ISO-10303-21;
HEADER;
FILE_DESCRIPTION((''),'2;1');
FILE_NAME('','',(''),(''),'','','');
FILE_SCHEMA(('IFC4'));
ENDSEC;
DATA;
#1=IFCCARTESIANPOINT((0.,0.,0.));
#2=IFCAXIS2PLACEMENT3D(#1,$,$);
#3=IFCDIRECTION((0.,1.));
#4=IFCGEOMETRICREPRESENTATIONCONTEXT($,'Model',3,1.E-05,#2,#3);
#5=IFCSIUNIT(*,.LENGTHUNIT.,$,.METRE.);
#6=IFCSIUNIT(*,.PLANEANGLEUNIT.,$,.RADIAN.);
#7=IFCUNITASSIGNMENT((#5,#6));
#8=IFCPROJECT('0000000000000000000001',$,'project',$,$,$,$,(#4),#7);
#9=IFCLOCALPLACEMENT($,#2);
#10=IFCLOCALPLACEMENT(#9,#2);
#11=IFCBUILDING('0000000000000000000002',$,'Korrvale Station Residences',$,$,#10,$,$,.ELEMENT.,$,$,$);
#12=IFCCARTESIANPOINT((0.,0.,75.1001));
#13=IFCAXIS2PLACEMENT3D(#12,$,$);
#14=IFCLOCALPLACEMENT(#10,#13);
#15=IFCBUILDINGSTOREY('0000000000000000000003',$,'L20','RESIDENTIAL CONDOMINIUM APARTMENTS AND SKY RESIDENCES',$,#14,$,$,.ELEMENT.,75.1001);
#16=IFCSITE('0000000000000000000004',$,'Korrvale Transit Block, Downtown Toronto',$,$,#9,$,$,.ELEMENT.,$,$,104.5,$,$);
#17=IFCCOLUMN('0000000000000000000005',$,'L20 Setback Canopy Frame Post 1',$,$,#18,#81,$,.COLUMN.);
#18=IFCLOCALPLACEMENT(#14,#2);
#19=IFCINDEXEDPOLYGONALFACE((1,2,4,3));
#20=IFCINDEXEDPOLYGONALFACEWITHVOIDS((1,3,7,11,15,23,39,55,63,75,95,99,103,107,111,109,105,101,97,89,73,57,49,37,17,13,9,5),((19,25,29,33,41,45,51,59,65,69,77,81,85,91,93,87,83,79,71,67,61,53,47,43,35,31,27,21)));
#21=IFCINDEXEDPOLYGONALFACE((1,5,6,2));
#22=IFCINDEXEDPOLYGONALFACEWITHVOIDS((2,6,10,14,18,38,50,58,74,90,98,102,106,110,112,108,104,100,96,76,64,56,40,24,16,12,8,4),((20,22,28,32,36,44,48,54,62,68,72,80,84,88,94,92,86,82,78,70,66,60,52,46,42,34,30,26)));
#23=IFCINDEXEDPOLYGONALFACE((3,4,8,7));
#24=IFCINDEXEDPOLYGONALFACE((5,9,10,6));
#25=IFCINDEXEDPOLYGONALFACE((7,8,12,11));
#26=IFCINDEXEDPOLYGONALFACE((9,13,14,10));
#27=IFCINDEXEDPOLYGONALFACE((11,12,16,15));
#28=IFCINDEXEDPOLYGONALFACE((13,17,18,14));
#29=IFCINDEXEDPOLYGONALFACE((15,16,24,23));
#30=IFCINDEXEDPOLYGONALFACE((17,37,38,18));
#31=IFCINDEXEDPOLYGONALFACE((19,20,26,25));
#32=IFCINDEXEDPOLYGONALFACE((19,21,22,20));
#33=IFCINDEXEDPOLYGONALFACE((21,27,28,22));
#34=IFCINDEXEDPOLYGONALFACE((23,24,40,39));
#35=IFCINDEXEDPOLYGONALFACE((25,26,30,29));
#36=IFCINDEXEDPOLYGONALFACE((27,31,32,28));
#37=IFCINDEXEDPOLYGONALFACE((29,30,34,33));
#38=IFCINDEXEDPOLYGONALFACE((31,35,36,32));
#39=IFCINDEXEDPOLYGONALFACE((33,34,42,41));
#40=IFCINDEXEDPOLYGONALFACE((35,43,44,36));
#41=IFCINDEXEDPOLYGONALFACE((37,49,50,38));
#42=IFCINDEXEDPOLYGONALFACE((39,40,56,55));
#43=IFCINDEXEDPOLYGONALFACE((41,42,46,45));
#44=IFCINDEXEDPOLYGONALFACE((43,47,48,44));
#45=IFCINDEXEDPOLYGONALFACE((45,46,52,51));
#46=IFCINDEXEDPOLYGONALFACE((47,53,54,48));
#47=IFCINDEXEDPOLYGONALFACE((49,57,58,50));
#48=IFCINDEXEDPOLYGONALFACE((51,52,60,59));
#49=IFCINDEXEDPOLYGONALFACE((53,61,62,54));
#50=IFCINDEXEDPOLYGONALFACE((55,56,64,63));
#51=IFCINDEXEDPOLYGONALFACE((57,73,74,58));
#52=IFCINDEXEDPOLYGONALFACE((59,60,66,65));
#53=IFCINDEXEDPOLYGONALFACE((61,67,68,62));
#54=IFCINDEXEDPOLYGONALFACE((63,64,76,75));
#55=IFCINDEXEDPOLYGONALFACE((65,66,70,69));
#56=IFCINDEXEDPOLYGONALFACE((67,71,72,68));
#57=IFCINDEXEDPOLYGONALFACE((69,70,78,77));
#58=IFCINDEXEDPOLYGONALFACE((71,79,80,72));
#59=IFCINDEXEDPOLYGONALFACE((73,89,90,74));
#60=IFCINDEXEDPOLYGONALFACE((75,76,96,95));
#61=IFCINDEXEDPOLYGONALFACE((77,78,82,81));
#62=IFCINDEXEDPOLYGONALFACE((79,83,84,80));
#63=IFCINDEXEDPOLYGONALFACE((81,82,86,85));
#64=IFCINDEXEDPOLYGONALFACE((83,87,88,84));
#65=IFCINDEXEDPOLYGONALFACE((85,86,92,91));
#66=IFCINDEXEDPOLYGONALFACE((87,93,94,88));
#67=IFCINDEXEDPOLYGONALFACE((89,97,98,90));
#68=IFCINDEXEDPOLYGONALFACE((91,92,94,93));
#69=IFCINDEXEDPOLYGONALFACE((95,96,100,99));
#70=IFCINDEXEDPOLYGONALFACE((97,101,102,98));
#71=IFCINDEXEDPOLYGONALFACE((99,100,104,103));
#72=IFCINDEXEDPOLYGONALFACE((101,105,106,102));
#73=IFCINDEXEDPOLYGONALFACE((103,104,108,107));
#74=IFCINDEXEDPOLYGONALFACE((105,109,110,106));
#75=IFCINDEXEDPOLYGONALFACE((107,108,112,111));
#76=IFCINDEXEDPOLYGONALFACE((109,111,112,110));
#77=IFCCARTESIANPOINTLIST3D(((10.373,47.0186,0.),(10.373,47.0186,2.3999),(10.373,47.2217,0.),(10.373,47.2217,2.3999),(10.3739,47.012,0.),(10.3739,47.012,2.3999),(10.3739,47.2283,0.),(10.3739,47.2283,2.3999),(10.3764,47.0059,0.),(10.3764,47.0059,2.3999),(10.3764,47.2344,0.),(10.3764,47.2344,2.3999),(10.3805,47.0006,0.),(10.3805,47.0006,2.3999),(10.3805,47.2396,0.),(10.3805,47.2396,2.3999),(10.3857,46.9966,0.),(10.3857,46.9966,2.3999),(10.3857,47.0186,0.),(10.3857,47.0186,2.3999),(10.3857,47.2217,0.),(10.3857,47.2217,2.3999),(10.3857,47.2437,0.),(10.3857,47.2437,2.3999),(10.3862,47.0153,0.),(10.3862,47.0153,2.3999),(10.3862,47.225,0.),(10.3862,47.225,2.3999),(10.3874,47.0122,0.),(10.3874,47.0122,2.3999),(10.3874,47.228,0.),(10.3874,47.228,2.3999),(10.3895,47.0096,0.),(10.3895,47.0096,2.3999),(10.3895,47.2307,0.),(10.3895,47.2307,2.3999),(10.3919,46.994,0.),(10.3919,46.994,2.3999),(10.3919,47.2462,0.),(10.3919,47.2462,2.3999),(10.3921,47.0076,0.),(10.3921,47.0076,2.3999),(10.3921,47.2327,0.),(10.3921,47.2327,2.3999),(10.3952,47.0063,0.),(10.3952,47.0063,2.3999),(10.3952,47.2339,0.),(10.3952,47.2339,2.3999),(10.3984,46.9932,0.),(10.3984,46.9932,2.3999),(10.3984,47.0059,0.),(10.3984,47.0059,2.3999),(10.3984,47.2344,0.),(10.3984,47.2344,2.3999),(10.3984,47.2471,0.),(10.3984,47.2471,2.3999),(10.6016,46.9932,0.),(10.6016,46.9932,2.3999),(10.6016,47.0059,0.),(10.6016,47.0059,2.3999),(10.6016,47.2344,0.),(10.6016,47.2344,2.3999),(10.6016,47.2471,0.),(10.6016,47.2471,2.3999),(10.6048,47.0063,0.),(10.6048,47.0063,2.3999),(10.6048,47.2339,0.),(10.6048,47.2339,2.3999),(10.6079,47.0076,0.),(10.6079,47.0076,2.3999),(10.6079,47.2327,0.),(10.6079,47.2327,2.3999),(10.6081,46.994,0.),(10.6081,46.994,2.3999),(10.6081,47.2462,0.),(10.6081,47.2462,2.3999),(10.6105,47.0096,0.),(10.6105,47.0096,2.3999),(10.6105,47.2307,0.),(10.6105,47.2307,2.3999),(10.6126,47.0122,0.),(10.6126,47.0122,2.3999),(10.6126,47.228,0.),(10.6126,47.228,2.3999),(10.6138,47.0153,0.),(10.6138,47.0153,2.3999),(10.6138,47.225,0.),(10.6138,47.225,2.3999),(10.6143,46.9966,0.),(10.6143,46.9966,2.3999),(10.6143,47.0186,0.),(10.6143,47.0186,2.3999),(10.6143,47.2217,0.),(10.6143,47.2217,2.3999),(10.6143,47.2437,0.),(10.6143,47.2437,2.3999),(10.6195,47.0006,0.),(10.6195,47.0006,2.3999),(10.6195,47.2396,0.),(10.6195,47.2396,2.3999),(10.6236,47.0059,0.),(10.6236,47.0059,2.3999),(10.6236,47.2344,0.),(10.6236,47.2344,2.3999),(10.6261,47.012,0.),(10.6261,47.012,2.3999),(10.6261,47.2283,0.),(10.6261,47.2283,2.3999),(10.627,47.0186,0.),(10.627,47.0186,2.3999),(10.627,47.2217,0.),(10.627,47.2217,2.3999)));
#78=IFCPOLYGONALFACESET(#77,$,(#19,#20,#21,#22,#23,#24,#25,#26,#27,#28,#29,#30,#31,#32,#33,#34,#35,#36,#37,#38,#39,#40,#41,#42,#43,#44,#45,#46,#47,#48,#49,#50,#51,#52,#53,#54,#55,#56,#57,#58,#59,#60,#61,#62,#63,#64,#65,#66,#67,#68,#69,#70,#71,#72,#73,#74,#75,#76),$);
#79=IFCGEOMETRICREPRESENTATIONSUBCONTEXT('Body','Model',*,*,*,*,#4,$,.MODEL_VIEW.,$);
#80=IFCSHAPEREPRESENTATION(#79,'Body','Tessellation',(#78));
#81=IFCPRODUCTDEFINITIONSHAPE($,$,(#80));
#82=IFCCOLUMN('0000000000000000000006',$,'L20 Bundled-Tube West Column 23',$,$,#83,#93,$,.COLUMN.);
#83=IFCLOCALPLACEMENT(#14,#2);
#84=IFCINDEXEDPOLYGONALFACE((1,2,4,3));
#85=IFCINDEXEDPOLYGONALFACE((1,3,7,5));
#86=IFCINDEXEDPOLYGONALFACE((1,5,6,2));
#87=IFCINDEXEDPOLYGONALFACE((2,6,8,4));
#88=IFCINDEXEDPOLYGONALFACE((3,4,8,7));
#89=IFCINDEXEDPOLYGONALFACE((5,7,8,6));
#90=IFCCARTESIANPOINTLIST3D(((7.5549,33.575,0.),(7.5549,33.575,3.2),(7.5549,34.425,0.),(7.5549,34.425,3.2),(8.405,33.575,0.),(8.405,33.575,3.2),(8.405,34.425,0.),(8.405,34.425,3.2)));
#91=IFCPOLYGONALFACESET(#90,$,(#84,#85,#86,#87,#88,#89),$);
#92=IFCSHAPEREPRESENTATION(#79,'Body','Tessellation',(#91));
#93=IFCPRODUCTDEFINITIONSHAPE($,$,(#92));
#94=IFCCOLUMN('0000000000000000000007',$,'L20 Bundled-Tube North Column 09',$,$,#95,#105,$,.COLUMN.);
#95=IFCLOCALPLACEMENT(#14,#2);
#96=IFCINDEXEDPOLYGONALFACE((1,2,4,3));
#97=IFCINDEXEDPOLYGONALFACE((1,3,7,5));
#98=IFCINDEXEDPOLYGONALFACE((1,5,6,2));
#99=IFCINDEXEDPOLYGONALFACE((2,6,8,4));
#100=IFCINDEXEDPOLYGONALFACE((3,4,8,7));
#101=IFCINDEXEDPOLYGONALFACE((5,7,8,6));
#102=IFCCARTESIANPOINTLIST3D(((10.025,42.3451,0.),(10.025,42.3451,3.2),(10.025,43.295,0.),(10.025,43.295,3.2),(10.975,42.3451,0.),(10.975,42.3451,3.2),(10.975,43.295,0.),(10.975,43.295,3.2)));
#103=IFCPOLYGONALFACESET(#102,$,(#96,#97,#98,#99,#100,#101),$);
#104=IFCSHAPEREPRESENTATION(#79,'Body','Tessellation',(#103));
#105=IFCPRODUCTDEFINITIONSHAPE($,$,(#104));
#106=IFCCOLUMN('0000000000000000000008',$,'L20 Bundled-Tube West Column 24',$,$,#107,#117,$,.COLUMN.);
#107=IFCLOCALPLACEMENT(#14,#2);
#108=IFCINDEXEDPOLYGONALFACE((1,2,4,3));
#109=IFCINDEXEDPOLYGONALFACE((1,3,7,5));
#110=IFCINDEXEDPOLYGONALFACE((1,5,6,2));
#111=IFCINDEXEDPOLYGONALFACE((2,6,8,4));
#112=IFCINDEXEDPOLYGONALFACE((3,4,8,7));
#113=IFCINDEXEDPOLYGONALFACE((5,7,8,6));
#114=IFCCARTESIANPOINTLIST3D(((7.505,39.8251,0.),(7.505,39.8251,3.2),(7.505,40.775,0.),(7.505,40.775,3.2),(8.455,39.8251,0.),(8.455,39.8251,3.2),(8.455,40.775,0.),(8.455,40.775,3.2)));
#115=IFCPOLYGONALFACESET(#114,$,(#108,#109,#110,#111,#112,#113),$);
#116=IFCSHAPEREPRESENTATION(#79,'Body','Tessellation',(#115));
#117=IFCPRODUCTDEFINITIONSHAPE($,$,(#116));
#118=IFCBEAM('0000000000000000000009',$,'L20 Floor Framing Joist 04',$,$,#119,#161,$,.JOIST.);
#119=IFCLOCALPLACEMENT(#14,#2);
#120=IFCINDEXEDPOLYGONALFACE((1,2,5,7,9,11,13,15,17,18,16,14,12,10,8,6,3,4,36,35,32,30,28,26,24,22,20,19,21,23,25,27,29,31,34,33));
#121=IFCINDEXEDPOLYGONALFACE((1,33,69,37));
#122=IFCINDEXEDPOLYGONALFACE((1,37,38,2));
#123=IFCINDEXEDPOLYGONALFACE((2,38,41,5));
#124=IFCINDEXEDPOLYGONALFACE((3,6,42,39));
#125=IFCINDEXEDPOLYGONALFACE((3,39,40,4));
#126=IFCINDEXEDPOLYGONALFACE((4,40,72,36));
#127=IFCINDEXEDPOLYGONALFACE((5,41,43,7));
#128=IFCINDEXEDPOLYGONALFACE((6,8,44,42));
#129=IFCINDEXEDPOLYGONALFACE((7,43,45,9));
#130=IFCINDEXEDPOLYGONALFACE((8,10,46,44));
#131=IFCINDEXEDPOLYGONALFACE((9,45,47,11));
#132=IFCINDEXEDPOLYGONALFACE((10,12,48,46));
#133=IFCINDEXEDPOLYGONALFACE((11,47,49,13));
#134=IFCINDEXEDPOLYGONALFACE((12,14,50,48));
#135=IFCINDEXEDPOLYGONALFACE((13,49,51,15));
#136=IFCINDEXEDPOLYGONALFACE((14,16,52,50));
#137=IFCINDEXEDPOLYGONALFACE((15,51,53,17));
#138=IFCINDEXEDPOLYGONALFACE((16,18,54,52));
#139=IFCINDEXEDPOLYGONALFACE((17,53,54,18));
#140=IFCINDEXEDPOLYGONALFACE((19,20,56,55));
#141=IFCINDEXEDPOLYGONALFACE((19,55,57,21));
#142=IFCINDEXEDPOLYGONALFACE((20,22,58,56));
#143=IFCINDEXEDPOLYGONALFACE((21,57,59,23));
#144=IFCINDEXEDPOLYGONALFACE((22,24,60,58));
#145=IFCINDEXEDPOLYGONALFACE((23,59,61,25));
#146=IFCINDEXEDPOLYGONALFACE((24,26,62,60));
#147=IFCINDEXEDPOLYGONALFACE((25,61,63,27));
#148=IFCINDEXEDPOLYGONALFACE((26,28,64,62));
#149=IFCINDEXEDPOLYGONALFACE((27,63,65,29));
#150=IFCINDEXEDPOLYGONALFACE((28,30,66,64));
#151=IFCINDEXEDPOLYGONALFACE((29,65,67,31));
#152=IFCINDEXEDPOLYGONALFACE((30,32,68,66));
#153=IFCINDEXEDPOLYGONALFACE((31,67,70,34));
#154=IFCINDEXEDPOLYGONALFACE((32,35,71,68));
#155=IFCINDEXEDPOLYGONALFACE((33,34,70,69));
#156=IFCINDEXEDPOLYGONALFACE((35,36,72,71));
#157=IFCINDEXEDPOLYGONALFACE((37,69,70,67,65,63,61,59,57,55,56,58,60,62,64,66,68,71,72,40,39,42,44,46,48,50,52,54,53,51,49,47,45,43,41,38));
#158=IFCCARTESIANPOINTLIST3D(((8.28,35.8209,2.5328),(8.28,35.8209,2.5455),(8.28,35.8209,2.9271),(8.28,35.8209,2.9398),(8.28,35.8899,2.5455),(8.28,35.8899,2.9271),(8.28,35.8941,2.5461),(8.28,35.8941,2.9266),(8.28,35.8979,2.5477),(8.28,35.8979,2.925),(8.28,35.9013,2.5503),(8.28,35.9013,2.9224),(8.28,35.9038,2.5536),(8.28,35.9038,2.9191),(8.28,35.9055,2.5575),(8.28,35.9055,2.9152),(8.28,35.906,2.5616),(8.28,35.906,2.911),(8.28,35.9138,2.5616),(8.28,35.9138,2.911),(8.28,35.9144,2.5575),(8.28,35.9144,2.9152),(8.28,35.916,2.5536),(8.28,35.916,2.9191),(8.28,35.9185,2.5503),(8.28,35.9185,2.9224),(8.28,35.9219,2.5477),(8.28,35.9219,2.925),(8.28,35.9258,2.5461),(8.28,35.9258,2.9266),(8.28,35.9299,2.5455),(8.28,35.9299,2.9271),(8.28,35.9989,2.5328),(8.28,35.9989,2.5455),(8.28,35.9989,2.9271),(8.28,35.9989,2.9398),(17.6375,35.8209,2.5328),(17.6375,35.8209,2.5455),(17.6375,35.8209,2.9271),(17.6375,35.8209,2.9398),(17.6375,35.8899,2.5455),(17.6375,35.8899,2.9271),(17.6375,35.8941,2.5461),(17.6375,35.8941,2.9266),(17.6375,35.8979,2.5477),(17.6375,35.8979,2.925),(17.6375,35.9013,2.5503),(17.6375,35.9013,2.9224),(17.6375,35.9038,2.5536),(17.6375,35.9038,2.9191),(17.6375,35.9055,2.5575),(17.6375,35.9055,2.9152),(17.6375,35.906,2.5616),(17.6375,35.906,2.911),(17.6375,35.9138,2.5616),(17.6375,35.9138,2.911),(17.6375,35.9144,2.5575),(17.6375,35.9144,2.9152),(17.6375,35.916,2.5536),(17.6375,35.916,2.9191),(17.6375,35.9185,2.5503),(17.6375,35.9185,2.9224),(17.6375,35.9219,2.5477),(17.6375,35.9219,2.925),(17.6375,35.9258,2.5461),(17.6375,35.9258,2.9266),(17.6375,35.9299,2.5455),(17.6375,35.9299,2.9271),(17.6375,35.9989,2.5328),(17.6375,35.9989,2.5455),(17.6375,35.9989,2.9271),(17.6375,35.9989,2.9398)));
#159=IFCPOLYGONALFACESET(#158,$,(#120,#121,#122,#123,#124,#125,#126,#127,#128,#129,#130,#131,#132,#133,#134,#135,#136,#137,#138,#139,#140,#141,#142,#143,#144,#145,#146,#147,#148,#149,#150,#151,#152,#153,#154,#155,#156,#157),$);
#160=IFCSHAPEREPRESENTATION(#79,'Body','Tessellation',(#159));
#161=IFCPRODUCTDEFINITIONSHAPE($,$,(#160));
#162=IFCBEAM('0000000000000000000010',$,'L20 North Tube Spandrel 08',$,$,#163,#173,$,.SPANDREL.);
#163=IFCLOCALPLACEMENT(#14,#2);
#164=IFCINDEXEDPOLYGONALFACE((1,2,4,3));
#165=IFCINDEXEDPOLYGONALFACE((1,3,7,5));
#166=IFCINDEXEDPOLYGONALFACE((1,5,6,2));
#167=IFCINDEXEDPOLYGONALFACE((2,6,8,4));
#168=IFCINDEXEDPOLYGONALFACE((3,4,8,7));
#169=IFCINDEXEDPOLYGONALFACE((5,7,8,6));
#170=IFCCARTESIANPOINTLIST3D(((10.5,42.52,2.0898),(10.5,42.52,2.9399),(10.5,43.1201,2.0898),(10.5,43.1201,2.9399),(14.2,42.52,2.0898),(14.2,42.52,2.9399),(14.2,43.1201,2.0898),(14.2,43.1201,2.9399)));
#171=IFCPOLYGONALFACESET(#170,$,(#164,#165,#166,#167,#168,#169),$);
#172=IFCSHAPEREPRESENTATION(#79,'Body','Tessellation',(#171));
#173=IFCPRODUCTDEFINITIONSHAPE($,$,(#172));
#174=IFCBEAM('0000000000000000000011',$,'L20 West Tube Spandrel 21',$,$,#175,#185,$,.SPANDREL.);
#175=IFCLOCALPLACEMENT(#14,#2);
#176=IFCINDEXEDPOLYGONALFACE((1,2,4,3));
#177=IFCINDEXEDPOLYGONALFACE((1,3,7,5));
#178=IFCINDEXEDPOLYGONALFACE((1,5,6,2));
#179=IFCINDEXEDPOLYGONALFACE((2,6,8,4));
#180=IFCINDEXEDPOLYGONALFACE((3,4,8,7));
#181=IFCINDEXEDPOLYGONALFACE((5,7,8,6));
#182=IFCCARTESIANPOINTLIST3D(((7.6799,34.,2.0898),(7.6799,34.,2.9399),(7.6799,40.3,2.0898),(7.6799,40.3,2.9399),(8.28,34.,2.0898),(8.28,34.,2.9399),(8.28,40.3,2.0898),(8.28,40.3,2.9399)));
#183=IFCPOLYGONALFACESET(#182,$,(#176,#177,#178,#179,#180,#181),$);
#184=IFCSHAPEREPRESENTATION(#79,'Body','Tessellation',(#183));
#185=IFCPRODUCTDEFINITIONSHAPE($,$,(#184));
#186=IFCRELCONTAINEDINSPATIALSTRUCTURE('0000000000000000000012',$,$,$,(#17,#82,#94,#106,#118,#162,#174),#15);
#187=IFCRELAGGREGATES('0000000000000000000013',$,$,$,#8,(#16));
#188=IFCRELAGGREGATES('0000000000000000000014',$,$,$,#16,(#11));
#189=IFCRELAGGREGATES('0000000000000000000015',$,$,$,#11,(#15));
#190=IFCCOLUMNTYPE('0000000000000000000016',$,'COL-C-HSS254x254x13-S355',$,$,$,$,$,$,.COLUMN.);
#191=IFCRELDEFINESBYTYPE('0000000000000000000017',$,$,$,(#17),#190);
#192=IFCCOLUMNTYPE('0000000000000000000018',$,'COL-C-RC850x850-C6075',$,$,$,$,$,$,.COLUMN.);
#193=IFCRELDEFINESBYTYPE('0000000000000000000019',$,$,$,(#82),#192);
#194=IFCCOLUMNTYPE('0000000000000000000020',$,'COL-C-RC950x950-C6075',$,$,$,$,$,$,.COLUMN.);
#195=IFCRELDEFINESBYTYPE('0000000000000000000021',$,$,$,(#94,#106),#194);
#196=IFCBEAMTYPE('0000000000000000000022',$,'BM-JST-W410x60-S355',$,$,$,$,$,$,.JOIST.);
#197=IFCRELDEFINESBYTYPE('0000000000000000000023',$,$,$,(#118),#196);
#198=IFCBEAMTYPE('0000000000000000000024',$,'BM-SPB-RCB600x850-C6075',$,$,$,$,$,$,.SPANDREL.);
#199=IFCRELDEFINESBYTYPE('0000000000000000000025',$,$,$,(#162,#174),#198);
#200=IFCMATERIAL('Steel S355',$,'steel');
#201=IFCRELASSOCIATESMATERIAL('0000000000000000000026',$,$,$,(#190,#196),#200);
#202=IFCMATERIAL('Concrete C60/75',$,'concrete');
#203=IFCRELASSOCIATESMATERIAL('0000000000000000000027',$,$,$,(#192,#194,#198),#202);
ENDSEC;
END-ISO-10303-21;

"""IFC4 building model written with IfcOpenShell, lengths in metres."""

from ifc_helpers import new_model, si_unit, direction, frame, origin, origin_2d, place, context, subcontext, project, spatial, rectangle, hollow_rectangle, i_section, extrude, material, material_profile, profile_set, type_object, element, save


model = new_model("IFC4")

# Units and contexts
model_context = context("Model", 3, precision=1e-05, world=origin(), true_north=direction((0.0, 1.0)))
body_context = subcontext(model_context, "Body", "Model", "MODEL_VIEW")
ifc_project = project(units=[si_unit("LENGTHUNIT", "METRE"), si_unit("PLANEANGLEUNIT", "RADIAN")], contexts=[model_context])

# Site, building, storey
site_placement = place(None, origin())
site = spatial("IfcSite", under=ifc_project, at=site_placement, Name="Korrvale Transit Block, Downtown Toronto", CompositionType="ELEMENT", RefElevation=104.5)
building_placement = place(site_placement, origin())
building = spatial("IfcBuilding", under=site, at=building_placement, Name="Korrvale Station Residences", CompositionType="ELEMENT")
storey_placement = place(building_placement, frame((0.0, 0.0, 75.1001)))
storey = spatial("IfcBuildingStorey", under=building, at=storey_placement, Name="L20", Description="RESIDENTIAL CONDOMINIUM APARTMENTS AND SKY RESIDENCES", CompositionType="ELEMENT", Elevation=75.1001)

# Columns
ifc_material_1 = material(Name="Steel S355", Category="steel")
ifc_material_profile_1 = material_profile(ifc_material_1, hollow_rectangle(XDim=0.2539, YDim=0.2539, WallThickness=0.0127, InnerFilletRadius=0.0127, OuterFilletRadius=0.0254, at=origin_2d()), Name="HSS254x254x13")
ifc_profile_set_1 = profile_set([ifc_material_profile_1], Name="Steel S355")
column_type_1 = type_object("IfcColumnType", Name="COL-C-HSS254x254x13-S355", PredefinedType="COLUMN", material=ifc_profile_set_1)
column_1_placement = place(storey_placement, frame((10.5, 47.1201, 0.0), z_axis=(0.0, 0.0, 1.0), x_axis=(1.0, 0.0, 0.0)))
element("IfcColumn", 1, at=column_1_placement, inside=storey, type_object=column_type_1, Name="L20 Setback Canopy Frame Post 1", PredefinedType="COLUMN", context=body_context, shape_type="SweptSolid", body=[
    extrude(hollow_rectangle(XDim=0.2539, YDim=0.2539, WallThickness=0.0127, InnerFilletRadius=0.0127, OuterFilletRadius=0.0254, at=origin_2d()), origin(), (0.0, 0.0, 1.0), 2.3999),
])
ifc_material_2 = material(Name="Concrete C60/75", Category="concrete")
ifc_material_profile_2 = material_profile(ifc_material_2, rectangle(XDim=0.8501, YDim=0.8501, at=origin_2d()), Name="RC850x850")
ifc_profile_set_2 = profile_set([ifc_material_profile_2], Name="Concrete C60/75")
column_type_2 = type_object("IfcColumnType", Name="COL-C-RC850x850-C6075", PredefinedType="COLUMN", material=ifc_profile_set_2)
column_2_placement = place(storey_placement, frame((7.98, 34.0, 0.0), z_axis=(0.0, 0.0, 1.0), x_axis=(1.0, 0.0, 0.0)))
element("IfcColumn", 2, at=column_2_placement, inside=storey, type_object=column_type_2, Name="L20 Bundled-Tube West Column 23", PredefinedType="COLUMN", context=body_context, shape_type="SweptSolid", body=[
    extrude(rectangle(XDim=0.8501, YDim=0.8501, at=origin_2d()), origin(), (0.0, 0.0, 1.0), 3.2),
])
ifc_material_profile_3 = material_profile(ifc_material_2, rectangle(XDim=0.95, YDim=0.95, at=origin_2d()), Name="RC950x950")
ifc_profile_set_3 = profile_set([ifc_material_profile_3], Name="Concrete C60/75")
column_type_3 = type_object("IfcColumnType", Name="COL-C-RC950x950-C6075", PredefinedType="COLUMN", material=ifc_profile_set_3)
for number, where, z_axis, x_axis, name in (
    (3, (10.5, 42.8201, 0.0), (0.0, 0.0, 1.0), (1.0, 0.0, 0.0), "L20 Bundled-Tube North Column 09"),
    (4, (7.98, 40.3, 0.0), (0.0, 0.0, 1.0), (1.0, 0.0, 0.0), "L20 Bundled-Tube West Column 24"),
):
    element("IfcColumn", number, at=place(storey_placement, frame(where, z_axis=z_axis, x_axis=x_axis)), inside=storey, type_object=column_type_3, Name=name, PredefinedType="COLUMN", context=body_context, shape_type="SweptSolid", body=[
        extrude(rectangle(XDim=0.95, YDim=0.95, at=origin_2d()), origin(), (0.0, 0.0, 1.0), 3.2),
    ])

# Beams
ifc_material_profile_4 = material_profile(ifc_material_1, i_section(OverallWidth=0.178, OverallDepth=0.407, WebThickness=0.0078, FlangeThickness=0.0127, FilletRadius=0.0161, at=origin_2d()), Name="W410x60")
ifc_profile_set_4 = profile_set([ifc_material_profile_4], Name="Steel S355")
beam_type_1 = type_object("IfcBeamType", Name="BM-JST-W410x60-S355", PredefinedType="JOIST", material=ifc_profile_set_4)
beam_1_placement = place(storey_placement, frame((8.28, 35.9099, 2.7363), z_axis=(1.0, 0.0, 0.0), x_axis=(0.0, 1.0, 0.0)))
element("IfcBeam", 5, at=beam_1_placement, inside=storey, type_object=beam_type_1, Name="L20 Floor Framing Joist 04", PredefinedType="JOIST", context=body_context, shape_type="SweptSolid", body=[
    extrude(i_section(OverallWidth=0.178, OverallDepth=0.407, WebThickness=0.0078, FlangeThickness=0.0127, FilletRadius=0.0161, at=origin_2d()), origin(), (0.0, 0.0, 1.0), 9.3574),
])
ifc_material_profile_5 = material_profile(ifc_material_2, rectangle(XDim=0.6001, YDim=0.8501, at=origin_2d()), Name="RCB600x850")
ifc_profile_set_5 = profile_set([ifc_material_profile_5], Name="Concrete C60/75")
beam_type_2 = type_object("IfcBeamType", Name="BM-SPB-RCB600x850-C6075", PredefinedType="SPANDREL", material=ifc_profile_set_5)
beam_2_placement = place(storey_placement, frame((10.5, 42.8201, 2.5149), z_axis=(1.0, 0.0, 0.0), x_axis=(0.0, 1.0, 0.0)))
element("IfcBeam", 6, at=beam_2_placement, inside=storey, type_object=beam_type_2, Name="L20 North Tube Spandrel 08", PredefinedType="SPANDREL", context=body_context, shape_type="SweptSolid", body=[
    extrude(rectangle(XDim=0.6001, YDim=0.8501, at=origin_2d()), origin(), (0.0, 0.0, 1.0), 3.7),
])
beam_3_placement = place(storey_placement, frame((7.98, 34.0, 2.5149), z_axis=(0.0, 1.0, 0.0), x_axis=(-1.0, 0.0, 0.0)))
element("IfcBeam", 7, at=beam_3_placement, inside=storey, type_object=beam_type_2, Name="L20 West Tube Spandrel 21", PredefinedType="SPANDREL", context=body_context, shape_type="SweptSolid", body=[
    extrude(rectangle(XDim=0.6001, YDim=0.8501, at=origin_2d()), origin(), (0.0, 0.0, 1.0), 6.3),
])

save(model, "model.ifc")
